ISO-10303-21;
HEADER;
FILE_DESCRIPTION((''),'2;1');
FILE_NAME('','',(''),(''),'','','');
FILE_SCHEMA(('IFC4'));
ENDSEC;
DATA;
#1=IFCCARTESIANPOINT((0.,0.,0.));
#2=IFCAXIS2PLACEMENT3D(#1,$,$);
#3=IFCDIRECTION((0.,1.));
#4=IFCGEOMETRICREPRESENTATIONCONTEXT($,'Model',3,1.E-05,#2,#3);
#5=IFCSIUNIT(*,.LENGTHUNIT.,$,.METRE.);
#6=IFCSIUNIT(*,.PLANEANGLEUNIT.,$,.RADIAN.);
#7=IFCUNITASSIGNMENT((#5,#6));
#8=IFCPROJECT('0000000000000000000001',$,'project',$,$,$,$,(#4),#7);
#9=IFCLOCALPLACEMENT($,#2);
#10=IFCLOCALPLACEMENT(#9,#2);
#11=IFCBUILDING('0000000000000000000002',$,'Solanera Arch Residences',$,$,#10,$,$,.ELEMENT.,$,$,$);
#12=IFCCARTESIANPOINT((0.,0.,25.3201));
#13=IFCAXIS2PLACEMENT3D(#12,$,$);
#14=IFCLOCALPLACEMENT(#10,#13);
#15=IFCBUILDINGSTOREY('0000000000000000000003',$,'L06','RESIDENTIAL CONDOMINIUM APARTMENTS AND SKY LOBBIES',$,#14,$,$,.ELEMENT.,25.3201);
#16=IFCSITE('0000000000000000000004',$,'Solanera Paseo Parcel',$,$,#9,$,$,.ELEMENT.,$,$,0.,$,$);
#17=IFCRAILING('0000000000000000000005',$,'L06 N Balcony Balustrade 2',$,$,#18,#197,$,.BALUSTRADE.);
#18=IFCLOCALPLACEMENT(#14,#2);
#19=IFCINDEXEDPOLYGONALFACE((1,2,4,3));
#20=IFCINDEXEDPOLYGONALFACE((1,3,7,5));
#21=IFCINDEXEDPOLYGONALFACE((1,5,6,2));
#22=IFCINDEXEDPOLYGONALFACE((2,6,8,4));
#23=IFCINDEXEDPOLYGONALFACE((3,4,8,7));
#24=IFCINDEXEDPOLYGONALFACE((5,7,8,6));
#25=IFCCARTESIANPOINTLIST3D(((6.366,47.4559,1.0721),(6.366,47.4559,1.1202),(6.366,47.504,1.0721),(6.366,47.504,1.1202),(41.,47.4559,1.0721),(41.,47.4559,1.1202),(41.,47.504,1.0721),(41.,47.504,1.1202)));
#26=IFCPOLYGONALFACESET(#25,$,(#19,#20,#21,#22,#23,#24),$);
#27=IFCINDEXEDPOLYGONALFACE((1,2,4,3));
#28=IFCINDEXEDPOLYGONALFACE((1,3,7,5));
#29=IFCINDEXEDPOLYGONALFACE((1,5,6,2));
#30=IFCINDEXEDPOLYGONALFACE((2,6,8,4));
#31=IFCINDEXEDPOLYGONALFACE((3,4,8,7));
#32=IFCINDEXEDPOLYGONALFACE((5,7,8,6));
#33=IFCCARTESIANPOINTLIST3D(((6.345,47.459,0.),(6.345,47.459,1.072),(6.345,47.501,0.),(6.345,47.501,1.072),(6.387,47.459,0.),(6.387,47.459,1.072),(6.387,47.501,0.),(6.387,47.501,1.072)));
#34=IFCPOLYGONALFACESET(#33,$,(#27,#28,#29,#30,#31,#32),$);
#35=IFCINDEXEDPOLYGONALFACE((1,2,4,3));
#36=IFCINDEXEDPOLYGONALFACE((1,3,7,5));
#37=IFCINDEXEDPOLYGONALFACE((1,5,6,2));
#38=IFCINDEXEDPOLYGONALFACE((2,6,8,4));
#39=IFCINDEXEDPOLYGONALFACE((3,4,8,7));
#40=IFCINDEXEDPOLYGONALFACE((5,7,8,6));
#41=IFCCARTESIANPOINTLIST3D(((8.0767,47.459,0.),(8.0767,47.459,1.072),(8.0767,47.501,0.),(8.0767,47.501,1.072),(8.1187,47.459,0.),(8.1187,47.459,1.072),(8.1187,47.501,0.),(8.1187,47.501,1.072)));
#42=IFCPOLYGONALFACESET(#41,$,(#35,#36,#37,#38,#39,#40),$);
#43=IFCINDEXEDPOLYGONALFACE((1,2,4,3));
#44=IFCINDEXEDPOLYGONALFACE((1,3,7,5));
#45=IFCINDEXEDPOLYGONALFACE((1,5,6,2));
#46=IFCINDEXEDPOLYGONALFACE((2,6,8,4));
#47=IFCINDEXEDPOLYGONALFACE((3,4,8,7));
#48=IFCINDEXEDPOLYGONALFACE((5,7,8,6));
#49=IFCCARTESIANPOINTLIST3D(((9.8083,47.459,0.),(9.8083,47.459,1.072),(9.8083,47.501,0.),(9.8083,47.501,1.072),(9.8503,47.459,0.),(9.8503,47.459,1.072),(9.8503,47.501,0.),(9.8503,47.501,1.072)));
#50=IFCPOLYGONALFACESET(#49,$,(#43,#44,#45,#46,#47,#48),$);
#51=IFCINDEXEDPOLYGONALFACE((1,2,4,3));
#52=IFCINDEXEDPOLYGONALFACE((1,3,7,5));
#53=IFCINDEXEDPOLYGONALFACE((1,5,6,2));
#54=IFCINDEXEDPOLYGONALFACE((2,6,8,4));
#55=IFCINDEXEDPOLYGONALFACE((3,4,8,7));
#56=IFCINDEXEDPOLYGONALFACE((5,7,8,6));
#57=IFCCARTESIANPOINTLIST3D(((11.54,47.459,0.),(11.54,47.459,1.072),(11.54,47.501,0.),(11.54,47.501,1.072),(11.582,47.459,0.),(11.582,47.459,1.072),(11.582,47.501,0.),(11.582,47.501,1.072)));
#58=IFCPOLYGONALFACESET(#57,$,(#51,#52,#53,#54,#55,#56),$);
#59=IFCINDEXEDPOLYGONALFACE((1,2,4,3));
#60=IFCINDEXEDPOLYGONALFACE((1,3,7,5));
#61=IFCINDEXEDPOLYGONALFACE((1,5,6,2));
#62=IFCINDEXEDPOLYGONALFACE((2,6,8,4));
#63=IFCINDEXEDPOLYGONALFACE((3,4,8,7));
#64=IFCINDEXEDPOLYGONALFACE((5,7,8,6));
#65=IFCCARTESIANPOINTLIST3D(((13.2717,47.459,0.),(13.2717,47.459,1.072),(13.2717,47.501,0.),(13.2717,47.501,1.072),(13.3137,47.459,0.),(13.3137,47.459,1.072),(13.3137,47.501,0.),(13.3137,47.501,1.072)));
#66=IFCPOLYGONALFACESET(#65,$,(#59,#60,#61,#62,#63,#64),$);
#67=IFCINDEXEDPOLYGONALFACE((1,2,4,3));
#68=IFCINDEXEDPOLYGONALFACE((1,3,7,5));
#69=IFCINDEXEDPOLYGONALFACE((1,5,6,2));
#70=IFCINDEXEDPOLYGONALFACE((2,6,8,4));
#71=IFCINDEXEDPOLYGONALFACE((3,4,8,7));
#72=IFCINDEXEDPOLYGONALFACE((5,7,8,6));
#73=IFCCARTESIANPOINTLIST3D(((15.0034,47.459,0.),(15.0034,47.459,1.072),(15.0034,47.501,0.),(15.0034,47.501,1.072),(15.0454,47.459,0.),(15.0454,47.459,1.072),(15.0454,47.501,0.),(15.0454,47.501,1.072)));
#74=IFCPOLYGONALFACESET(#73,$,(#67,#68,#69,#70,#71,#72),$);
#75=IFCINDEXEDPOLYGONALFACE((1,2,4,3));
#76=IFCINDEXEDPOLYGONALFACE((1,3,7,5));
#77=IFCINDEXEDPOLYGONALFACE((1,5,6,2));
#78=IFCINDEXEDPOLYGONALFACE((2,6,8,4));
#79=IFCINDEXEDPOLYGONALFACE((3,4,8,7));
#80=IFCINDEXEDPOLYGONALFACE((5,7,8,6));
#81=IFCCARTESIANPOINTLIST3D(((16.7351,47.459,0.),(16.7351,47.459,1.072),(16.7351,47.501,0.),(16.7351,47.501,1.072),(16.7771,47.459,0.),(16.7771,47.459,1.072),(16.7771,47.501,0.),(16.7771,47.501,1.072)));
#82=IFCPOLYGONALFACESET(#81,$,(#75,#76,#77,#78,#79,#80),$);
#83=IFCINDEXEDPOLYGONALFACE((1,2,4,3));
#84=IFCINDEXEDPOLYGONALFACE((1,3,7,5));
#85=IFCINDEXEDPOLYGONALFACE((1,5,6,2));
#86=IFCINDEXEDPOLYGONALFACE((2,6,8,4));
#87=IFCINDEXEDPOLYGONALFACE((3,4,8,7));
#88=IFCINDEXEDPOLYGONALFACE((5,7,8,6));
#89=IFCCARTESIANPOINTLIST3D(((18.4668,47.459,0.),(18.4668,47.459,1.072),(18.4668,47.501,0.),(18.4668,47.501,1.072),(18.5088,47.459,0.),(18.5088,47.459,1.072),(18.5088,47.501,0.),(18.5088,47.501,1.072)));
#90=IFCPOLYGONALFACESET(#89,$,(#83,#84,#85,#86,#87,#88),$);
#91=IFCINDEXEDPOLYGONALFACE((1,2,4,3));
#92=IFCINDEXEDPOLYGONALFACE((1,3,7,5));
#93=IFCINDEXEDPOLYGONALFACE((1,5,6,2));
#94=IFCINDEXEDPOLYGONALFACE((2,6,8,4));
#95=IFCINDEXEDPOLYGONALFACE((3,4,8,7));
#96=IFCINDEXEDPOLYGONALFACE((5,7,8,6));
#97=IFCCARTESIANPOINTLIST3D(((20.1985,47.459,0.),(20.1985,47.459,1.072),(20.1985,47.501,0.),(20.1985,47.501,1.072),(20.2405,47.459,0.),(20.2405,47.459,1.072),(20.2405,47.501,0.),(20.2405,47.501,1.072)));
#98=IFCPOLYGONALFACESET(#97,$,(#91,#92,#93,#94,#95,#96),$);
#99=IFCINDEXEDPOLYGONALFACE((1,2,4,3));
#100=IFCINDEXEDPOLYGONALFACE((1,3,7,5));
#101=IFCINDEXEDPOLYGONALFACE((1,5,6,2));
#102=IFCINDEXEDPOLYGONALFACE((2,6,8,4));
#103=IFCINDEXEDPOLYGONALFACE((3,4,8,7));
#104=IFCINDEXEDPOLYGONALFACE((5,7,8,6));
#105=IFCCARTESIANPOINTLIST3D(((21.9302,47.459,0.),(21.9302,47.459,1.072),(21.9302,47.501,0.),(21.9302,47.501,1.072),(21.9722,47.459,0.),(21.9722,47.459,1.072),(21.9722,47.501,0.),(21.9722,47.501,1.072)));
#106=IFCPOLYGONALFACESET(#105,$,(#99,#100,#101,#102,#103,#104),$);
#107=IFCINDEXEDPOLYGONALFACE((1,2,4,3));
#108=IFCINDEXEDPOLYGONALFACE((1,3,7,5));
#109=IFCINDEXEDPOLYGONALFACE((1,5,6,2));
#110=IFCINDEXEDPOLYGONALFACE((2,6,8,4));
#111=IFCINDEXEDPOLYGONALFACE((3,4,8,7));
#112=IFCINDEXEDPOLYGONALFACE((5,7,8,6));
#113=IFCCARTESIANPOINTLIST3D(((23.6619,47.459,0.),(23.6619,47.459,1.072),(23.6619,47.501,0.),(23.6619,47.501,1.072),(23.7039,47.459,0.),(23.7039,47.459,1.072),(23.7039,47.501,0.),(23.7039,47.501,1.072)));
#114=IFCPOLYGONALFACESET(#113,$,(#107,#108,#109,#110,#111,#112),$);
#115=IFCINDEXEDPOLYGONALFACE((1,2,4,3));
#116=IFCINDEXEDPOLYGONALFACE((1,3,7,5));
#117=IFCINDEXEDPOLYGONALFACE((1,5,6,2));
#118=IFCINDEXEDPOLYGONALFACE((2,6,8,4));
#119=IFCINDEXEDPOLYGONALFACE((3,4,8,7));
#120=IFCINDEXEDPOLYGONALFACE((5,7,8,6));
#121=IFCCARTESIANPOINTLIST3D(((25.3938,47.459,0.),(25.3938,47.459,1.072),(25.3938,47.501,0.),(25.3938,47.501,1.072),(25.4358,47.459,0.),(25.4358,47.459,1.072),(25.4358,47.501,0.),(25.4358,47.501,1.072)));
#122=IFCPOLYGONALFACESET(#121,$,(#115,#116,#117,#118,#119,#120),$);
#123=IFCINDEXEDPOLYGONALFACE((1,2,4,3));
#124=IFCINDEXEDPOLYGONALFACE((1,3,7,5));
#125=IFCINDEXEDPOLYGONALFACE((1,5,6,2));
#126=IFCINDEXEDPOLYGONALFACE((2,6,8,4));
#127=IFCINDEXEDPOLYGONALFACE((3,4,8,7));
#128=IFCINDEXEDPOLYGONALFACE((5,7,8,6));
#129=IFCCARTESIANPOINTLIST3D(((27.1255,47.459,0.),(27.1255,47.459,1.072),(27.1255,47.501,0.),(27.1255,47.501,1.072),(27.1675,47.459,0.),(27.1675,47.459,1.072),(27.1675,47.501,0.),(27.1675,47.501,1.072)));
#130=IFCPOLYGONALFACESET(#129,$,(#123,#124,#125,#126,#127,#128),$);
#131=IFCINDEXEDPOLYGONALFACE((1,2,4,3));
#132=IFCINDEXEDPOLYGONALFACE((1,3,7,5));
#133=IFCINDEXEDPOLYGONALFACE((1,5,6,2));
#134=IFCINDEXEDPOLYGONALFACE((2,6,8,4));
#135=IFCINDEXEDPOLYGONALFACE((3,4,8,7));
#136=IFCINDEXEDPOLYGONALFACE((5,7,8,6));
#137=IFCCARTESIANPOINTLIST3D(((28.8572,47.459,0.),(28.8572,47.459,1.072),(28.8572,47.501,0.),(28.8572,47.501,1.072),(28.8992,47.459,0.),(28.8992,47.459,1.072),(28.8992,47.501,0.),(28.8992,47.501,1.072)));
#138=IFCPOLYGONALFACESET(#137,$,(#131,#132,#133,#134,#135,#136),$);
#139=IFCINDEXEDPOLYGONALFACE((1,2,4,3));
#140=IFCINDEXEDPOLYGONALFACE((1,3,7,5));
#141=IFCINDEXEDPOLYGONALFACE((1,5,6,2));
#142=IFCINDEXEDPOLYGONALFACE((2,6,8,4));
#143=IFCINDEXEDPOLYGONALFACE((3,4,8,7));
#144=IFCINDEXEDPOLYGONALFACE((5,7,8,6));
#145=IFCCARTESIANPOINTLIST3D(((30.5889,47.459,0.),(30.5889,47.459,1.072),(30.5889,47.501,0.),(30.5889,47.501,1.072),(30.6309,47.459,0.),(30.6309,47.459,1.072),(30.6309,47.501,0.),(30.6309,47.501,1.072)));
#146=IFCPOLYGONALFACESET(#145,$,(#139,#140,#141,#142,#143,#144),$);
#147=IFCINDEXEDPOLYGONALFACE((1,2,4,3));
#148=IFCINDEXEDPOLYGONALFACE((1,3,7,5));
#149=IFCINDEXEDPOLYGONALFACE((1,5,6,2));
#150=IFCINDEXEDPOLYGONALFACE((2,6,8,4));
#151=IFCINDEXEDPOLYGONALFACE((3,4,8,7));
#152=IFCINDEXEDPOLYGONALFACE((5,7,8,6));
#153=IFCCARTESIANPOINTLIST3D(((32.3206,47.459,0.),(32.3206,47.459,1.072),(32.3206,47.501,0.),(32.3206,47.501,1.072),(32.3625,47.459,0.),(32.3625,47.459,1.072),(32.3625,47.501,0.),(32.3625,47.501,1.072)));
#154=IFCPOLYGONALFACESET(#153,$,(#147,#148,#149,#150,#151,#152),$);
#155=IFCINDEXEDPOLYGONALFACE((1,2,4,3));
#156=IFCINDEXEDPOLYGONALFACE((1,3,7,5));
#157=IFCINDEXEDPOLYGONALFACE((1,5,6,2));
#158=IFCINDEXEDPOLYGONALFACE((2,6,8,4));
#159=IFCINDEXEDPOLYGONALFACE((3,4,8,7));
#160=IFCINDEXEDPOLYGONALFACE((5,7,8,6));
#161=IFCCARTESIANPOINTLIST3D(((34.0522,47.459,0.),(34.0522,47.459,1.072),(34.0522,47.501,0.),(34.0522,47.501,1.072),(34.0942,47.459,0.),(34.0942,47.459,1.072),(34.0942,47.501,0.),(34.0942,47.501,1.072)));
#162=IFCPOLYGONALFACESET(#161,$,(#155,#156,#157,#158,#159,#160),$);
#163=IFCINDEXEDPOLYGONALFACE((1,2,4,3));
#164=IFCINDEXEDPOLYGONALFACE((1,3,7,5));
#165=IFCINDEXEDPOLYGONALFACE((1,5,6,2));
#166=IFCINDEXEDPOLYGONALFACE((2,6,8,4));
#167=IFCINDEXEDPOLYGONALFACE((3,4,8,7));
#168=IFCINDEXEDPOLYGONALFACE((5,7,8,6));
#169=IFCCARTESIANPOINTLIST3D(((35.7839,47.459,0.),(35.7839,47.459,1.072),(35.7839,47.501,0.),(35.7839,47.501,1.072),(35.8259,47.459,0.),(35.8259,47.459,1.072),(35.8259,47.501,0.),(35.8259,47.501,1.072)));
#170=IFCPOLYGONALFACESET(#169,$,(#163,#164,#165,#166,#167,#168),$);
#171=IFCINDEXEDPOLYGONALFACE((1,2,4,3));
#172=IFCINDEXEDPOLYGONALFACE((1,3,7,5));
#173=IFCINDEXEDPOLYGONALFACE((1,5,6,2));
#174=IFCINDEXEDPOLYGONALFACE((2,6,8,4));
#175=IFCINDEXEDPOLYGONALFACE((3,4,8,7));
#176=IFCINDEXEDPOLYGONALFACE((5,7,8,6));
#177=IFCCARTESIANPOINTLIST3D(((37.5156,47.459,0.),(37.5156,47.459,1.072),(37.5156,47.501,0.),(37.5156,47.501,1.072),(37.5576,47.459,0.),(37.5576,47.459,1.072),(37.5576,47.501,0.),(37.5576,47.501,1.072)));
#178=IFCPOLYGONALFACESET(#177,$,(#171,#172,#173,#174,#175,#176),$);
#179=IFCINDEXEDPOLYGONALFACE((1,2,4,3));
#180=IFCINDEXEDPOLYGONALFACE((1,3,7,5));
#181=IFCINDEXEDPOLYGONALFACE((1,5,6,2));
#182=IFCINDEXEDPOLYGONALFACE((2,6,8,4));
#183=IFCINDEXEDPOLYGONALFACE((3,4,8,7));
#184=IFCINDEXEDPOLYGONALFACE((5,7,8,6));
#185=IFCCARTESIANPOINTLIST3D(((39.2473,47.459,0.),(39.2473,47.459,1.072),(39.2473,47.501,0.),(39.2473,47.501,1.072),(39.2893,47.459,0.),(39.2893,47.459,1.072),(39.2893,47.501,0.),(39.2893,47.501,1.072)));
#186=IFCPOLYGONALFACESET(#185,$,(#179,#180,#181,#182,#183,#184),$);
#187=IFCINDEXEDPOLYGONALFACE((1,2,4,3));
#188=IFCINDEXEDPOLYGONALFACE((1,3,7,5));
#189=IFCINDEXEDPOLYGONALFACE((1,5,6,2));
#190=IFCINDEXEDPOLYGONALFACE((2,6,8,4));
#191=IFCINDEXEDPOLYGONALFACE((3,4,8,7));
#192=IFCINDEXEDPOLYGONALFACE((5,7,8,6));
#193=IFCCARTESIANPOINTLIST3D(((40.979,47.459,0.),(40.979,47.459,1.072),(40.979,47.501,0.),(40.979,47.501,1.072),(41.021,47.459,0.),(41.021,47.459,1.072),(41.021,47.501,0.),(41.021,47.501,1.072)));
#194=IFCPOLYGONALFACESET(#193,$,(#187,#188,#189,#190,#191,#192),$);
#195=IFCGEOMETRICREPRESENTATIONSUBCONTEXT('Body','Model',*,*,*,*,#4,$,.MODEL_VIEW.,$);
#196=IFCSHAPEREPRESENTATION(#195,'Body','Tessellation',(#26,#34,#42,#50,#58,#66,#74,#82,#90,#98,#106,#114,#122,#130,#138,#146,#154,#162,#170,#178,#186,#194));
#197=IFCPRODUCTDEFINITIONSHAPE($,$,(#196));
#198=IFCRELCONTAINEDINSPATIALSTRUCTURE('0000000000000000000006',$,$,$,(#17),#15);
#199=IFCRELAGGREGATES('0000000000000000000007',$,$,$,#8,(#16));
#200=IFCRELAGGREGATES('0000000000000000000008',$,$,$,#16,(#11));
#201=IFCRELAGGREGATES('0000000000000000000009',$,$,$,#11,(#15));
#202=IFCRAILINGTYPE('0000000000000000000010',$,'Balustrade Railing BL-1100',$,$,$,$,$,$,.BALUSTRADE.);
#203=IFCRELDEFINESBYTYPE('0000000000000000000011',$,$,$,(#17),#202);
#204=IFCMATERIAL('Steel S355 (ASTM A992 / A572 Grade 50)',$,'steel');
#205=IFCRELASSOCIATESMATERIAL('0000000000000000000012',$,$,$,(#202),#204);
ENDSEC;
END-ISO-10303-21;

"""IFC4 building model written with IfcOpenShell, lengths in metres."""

from ifc_helpers import new_model, si_unit, direction, frame, origin, origin_2d, place, context, subcontext, project, spatial, rectangle, extrude, material, type_object, element, save


model = new_model("IFC4")

# Units and contexts
model_context = context("Model", 3, precision=1e-05, world=origin(), true_north=direction((0.0, 1.0)))
body_context = subcontext(model_context, "Body", "Model", "MODEL_VIEW")
ifc_project = project(units=[si_unit("LENGTHUNIT", "METRE"), si_unit("PLANEANGLEUNIT", "RADIAN")], contexts=[model_context])

# Site, building, storey
site_placement = place(None, origin())
site = spatial("IfcSite", under=ifc_project, at=site_placement, Name="Solanera Paseo Parcel", CompositionType="ELEMENT", RefElevation=0.0)
building_placement = place(site_placement, origin())
building = spatial("IfcBuilding", under=site, at=building_placement, Name="Solanera Arch Residences", CompositionType="ELEMENT")
storey_placement = place(building_placement, frame((0.0, 0.0, 25.3201)))
storey = spatial("IfcBuildingStorey", under=building, at=storey_placement, Name="L06", Description="RESIDENTIAL CONDOMINIUM APARTMENTS AND SKY LOBBIES", CompositionType="ELEMENT", Elevation=25.3201)

# Railing
ifc_material_1 = material(Name="Steel S355 (ASTM A992 / A572 Grade 50)", Category="steel")
railing_type = type_object("IfcRailingType", Name="Balustrade Railing BL-1100", PredefinedType="BALUSTRADE", material=ifc_material_1)
railing_placement = place(storey_placement, frame((6.366, 47.48, 0.0)))
element("IfcRailing", 1, at=railing_placement, inside=storey, type_object=railing_type, Name="L06 N Balcony Balustrade 2", PredefinedType="BALUSTRADE", context=body_context, shape_type="SweptSolid", body=[
    extrude(rectangle(XDim=0.0481, YDim=0.0481, at=origin_2d()), frame((0.0, 0.0, 1.0962), z_axis=(1.0, 0.0, 0.0), x_axis=(0.0, 1.0, 0.0)), (0.0, 0.0, 1.0), 34.634),
    extrude(rectangle(XDim=0.042, YDim=0.042, at=origin_2d()), origin(), (0.0, 0.0, 1.0), 1.072),
    extrude(rectangle(XDim=0.042, YDim=0.042, at=origin_2d()), frame((1.7317, 0.0, 0.0)), (0.0, 0.0, 1.0), 1.072),
    extrude(rectangle(XDim=0.042, YDim=0.042, at=origin_2d()), frame((3.4634, 0.0, 0.0)), (0.0, 0.0, 1.0), 1.072),
    extrude(rectangle(XDim=0.042, YDim=0.042, at=origin_2d()), frame((5.1951, 0.0, 0.0)), (0.0, 0.0, 1.0), 1.072),
    extrude(rectangle(XDim=0.042, YDim=0.042, at=origin_2d()), frame((6.9268, 0.0, 0.0)), (0.0, 0.0, 1.0), 1.072),
    extrude(rectangle(XDim=0.042, YDim=0.042, at=origin_2d()), frame((8.6584, 0.0, 0.0)), (0.0, 0.0, 1.0), 1.072),
    extrude(rectangle(XDim=0.042, YDim=0.042, at=origin_2d()), frame((10.3901, 0.0, 0.0)), (0.0, 0.0, 1.0), 1.072),
    extrude(rectangle(XDim=0.042, YDim=0.042, at=origin_2d()), frame((12.1218, 0.0, 0.0)), (0.0, 0.0, 1.0), 1.072),
    extrude(rectangle(XDim=0.042, YDim=0.042, at=origin_2d()), frame((13.8535, 0.0, 0.0)), (0.0, 0.0, 1.0), 1.072),
    extrude(rectangle(XDim=0.042, YDim=0.042, at=origin_2d()), frame((15.5852, 0.0, 0.0)), (0.0, 0.0, 1.0), 1.072),
    extrude(rectangle(XDim=0.042, YDim=0.042, at=origin_2d()), frame((17.3169, 0.0, 0.0)), (0.0, 0.0, 1.0), 1.072),
    extrude(rectangle(XDim=0.042, YDim=0.042, at=origin_2d()), frame((19.0488, 0.0, 0.0)), (0.0, 0.0, 1.0), 1.072),
    extrude(rectangle(XDim=0.042, YDim=0.042, at=origin_2d()), frame((20.7805, 0.0, 0.0)), (0.0, 0.0, 1.0), 1.072),
    extrude(rectangle(XDim=0.042, YDim=0.042, at=origin_2d()), frame((22.5122, 0.0, 0.0)), (0.0, 0.0, 1.0), 1.072),
    extrude(rectangle(XDim=0.042, YDim=0.042, at=origin_2d()), frame((24.2439, 0.0, 0.0)), (0.0, 0.0, 1.0), 1.072),
    extrude(rectangle(XDim=0.042, YDim=0.042, at=origin_2d()), frame((25.9756, 0.0, 0.0)), (0.0, 0.0, 1.0), 1.072),
    extrude(rectangle(XDim=0.042, YDim=0.042, at=origin_2d()), frame((27.7073, 0.0, 0.0)), (0.0, 0.0, 1.0), 1.072),
    extrude(rectangle(XDim=0.042, YDim=0.042, at=origin_2d()), frame((29.439, 0.0, 0.0)), (0.0, 0.0, 1.0), 1.072),
    extrude(rectangle(XDim=0.042, YDim=0.042, at=origin_2d()), frame((31.1707, 0.0, 0.0)), (0.0, 0.0, 1.0), 1.072),
    extrude(rectangle(XDim=0.042, YDim=0.042, at=origin_2d()), frame((32.9023, 0.0, 0.0)), (0.0, 0.0, 1.0), 1.072),
    extrude(rectangle(XDim=0.042, YDim=0.042, at=origin_2d()), frame((34.634, 0.0, 0.0)), (0.0, 0.0, 1.0), 1.072),
])

save(model, "model.ifc")
